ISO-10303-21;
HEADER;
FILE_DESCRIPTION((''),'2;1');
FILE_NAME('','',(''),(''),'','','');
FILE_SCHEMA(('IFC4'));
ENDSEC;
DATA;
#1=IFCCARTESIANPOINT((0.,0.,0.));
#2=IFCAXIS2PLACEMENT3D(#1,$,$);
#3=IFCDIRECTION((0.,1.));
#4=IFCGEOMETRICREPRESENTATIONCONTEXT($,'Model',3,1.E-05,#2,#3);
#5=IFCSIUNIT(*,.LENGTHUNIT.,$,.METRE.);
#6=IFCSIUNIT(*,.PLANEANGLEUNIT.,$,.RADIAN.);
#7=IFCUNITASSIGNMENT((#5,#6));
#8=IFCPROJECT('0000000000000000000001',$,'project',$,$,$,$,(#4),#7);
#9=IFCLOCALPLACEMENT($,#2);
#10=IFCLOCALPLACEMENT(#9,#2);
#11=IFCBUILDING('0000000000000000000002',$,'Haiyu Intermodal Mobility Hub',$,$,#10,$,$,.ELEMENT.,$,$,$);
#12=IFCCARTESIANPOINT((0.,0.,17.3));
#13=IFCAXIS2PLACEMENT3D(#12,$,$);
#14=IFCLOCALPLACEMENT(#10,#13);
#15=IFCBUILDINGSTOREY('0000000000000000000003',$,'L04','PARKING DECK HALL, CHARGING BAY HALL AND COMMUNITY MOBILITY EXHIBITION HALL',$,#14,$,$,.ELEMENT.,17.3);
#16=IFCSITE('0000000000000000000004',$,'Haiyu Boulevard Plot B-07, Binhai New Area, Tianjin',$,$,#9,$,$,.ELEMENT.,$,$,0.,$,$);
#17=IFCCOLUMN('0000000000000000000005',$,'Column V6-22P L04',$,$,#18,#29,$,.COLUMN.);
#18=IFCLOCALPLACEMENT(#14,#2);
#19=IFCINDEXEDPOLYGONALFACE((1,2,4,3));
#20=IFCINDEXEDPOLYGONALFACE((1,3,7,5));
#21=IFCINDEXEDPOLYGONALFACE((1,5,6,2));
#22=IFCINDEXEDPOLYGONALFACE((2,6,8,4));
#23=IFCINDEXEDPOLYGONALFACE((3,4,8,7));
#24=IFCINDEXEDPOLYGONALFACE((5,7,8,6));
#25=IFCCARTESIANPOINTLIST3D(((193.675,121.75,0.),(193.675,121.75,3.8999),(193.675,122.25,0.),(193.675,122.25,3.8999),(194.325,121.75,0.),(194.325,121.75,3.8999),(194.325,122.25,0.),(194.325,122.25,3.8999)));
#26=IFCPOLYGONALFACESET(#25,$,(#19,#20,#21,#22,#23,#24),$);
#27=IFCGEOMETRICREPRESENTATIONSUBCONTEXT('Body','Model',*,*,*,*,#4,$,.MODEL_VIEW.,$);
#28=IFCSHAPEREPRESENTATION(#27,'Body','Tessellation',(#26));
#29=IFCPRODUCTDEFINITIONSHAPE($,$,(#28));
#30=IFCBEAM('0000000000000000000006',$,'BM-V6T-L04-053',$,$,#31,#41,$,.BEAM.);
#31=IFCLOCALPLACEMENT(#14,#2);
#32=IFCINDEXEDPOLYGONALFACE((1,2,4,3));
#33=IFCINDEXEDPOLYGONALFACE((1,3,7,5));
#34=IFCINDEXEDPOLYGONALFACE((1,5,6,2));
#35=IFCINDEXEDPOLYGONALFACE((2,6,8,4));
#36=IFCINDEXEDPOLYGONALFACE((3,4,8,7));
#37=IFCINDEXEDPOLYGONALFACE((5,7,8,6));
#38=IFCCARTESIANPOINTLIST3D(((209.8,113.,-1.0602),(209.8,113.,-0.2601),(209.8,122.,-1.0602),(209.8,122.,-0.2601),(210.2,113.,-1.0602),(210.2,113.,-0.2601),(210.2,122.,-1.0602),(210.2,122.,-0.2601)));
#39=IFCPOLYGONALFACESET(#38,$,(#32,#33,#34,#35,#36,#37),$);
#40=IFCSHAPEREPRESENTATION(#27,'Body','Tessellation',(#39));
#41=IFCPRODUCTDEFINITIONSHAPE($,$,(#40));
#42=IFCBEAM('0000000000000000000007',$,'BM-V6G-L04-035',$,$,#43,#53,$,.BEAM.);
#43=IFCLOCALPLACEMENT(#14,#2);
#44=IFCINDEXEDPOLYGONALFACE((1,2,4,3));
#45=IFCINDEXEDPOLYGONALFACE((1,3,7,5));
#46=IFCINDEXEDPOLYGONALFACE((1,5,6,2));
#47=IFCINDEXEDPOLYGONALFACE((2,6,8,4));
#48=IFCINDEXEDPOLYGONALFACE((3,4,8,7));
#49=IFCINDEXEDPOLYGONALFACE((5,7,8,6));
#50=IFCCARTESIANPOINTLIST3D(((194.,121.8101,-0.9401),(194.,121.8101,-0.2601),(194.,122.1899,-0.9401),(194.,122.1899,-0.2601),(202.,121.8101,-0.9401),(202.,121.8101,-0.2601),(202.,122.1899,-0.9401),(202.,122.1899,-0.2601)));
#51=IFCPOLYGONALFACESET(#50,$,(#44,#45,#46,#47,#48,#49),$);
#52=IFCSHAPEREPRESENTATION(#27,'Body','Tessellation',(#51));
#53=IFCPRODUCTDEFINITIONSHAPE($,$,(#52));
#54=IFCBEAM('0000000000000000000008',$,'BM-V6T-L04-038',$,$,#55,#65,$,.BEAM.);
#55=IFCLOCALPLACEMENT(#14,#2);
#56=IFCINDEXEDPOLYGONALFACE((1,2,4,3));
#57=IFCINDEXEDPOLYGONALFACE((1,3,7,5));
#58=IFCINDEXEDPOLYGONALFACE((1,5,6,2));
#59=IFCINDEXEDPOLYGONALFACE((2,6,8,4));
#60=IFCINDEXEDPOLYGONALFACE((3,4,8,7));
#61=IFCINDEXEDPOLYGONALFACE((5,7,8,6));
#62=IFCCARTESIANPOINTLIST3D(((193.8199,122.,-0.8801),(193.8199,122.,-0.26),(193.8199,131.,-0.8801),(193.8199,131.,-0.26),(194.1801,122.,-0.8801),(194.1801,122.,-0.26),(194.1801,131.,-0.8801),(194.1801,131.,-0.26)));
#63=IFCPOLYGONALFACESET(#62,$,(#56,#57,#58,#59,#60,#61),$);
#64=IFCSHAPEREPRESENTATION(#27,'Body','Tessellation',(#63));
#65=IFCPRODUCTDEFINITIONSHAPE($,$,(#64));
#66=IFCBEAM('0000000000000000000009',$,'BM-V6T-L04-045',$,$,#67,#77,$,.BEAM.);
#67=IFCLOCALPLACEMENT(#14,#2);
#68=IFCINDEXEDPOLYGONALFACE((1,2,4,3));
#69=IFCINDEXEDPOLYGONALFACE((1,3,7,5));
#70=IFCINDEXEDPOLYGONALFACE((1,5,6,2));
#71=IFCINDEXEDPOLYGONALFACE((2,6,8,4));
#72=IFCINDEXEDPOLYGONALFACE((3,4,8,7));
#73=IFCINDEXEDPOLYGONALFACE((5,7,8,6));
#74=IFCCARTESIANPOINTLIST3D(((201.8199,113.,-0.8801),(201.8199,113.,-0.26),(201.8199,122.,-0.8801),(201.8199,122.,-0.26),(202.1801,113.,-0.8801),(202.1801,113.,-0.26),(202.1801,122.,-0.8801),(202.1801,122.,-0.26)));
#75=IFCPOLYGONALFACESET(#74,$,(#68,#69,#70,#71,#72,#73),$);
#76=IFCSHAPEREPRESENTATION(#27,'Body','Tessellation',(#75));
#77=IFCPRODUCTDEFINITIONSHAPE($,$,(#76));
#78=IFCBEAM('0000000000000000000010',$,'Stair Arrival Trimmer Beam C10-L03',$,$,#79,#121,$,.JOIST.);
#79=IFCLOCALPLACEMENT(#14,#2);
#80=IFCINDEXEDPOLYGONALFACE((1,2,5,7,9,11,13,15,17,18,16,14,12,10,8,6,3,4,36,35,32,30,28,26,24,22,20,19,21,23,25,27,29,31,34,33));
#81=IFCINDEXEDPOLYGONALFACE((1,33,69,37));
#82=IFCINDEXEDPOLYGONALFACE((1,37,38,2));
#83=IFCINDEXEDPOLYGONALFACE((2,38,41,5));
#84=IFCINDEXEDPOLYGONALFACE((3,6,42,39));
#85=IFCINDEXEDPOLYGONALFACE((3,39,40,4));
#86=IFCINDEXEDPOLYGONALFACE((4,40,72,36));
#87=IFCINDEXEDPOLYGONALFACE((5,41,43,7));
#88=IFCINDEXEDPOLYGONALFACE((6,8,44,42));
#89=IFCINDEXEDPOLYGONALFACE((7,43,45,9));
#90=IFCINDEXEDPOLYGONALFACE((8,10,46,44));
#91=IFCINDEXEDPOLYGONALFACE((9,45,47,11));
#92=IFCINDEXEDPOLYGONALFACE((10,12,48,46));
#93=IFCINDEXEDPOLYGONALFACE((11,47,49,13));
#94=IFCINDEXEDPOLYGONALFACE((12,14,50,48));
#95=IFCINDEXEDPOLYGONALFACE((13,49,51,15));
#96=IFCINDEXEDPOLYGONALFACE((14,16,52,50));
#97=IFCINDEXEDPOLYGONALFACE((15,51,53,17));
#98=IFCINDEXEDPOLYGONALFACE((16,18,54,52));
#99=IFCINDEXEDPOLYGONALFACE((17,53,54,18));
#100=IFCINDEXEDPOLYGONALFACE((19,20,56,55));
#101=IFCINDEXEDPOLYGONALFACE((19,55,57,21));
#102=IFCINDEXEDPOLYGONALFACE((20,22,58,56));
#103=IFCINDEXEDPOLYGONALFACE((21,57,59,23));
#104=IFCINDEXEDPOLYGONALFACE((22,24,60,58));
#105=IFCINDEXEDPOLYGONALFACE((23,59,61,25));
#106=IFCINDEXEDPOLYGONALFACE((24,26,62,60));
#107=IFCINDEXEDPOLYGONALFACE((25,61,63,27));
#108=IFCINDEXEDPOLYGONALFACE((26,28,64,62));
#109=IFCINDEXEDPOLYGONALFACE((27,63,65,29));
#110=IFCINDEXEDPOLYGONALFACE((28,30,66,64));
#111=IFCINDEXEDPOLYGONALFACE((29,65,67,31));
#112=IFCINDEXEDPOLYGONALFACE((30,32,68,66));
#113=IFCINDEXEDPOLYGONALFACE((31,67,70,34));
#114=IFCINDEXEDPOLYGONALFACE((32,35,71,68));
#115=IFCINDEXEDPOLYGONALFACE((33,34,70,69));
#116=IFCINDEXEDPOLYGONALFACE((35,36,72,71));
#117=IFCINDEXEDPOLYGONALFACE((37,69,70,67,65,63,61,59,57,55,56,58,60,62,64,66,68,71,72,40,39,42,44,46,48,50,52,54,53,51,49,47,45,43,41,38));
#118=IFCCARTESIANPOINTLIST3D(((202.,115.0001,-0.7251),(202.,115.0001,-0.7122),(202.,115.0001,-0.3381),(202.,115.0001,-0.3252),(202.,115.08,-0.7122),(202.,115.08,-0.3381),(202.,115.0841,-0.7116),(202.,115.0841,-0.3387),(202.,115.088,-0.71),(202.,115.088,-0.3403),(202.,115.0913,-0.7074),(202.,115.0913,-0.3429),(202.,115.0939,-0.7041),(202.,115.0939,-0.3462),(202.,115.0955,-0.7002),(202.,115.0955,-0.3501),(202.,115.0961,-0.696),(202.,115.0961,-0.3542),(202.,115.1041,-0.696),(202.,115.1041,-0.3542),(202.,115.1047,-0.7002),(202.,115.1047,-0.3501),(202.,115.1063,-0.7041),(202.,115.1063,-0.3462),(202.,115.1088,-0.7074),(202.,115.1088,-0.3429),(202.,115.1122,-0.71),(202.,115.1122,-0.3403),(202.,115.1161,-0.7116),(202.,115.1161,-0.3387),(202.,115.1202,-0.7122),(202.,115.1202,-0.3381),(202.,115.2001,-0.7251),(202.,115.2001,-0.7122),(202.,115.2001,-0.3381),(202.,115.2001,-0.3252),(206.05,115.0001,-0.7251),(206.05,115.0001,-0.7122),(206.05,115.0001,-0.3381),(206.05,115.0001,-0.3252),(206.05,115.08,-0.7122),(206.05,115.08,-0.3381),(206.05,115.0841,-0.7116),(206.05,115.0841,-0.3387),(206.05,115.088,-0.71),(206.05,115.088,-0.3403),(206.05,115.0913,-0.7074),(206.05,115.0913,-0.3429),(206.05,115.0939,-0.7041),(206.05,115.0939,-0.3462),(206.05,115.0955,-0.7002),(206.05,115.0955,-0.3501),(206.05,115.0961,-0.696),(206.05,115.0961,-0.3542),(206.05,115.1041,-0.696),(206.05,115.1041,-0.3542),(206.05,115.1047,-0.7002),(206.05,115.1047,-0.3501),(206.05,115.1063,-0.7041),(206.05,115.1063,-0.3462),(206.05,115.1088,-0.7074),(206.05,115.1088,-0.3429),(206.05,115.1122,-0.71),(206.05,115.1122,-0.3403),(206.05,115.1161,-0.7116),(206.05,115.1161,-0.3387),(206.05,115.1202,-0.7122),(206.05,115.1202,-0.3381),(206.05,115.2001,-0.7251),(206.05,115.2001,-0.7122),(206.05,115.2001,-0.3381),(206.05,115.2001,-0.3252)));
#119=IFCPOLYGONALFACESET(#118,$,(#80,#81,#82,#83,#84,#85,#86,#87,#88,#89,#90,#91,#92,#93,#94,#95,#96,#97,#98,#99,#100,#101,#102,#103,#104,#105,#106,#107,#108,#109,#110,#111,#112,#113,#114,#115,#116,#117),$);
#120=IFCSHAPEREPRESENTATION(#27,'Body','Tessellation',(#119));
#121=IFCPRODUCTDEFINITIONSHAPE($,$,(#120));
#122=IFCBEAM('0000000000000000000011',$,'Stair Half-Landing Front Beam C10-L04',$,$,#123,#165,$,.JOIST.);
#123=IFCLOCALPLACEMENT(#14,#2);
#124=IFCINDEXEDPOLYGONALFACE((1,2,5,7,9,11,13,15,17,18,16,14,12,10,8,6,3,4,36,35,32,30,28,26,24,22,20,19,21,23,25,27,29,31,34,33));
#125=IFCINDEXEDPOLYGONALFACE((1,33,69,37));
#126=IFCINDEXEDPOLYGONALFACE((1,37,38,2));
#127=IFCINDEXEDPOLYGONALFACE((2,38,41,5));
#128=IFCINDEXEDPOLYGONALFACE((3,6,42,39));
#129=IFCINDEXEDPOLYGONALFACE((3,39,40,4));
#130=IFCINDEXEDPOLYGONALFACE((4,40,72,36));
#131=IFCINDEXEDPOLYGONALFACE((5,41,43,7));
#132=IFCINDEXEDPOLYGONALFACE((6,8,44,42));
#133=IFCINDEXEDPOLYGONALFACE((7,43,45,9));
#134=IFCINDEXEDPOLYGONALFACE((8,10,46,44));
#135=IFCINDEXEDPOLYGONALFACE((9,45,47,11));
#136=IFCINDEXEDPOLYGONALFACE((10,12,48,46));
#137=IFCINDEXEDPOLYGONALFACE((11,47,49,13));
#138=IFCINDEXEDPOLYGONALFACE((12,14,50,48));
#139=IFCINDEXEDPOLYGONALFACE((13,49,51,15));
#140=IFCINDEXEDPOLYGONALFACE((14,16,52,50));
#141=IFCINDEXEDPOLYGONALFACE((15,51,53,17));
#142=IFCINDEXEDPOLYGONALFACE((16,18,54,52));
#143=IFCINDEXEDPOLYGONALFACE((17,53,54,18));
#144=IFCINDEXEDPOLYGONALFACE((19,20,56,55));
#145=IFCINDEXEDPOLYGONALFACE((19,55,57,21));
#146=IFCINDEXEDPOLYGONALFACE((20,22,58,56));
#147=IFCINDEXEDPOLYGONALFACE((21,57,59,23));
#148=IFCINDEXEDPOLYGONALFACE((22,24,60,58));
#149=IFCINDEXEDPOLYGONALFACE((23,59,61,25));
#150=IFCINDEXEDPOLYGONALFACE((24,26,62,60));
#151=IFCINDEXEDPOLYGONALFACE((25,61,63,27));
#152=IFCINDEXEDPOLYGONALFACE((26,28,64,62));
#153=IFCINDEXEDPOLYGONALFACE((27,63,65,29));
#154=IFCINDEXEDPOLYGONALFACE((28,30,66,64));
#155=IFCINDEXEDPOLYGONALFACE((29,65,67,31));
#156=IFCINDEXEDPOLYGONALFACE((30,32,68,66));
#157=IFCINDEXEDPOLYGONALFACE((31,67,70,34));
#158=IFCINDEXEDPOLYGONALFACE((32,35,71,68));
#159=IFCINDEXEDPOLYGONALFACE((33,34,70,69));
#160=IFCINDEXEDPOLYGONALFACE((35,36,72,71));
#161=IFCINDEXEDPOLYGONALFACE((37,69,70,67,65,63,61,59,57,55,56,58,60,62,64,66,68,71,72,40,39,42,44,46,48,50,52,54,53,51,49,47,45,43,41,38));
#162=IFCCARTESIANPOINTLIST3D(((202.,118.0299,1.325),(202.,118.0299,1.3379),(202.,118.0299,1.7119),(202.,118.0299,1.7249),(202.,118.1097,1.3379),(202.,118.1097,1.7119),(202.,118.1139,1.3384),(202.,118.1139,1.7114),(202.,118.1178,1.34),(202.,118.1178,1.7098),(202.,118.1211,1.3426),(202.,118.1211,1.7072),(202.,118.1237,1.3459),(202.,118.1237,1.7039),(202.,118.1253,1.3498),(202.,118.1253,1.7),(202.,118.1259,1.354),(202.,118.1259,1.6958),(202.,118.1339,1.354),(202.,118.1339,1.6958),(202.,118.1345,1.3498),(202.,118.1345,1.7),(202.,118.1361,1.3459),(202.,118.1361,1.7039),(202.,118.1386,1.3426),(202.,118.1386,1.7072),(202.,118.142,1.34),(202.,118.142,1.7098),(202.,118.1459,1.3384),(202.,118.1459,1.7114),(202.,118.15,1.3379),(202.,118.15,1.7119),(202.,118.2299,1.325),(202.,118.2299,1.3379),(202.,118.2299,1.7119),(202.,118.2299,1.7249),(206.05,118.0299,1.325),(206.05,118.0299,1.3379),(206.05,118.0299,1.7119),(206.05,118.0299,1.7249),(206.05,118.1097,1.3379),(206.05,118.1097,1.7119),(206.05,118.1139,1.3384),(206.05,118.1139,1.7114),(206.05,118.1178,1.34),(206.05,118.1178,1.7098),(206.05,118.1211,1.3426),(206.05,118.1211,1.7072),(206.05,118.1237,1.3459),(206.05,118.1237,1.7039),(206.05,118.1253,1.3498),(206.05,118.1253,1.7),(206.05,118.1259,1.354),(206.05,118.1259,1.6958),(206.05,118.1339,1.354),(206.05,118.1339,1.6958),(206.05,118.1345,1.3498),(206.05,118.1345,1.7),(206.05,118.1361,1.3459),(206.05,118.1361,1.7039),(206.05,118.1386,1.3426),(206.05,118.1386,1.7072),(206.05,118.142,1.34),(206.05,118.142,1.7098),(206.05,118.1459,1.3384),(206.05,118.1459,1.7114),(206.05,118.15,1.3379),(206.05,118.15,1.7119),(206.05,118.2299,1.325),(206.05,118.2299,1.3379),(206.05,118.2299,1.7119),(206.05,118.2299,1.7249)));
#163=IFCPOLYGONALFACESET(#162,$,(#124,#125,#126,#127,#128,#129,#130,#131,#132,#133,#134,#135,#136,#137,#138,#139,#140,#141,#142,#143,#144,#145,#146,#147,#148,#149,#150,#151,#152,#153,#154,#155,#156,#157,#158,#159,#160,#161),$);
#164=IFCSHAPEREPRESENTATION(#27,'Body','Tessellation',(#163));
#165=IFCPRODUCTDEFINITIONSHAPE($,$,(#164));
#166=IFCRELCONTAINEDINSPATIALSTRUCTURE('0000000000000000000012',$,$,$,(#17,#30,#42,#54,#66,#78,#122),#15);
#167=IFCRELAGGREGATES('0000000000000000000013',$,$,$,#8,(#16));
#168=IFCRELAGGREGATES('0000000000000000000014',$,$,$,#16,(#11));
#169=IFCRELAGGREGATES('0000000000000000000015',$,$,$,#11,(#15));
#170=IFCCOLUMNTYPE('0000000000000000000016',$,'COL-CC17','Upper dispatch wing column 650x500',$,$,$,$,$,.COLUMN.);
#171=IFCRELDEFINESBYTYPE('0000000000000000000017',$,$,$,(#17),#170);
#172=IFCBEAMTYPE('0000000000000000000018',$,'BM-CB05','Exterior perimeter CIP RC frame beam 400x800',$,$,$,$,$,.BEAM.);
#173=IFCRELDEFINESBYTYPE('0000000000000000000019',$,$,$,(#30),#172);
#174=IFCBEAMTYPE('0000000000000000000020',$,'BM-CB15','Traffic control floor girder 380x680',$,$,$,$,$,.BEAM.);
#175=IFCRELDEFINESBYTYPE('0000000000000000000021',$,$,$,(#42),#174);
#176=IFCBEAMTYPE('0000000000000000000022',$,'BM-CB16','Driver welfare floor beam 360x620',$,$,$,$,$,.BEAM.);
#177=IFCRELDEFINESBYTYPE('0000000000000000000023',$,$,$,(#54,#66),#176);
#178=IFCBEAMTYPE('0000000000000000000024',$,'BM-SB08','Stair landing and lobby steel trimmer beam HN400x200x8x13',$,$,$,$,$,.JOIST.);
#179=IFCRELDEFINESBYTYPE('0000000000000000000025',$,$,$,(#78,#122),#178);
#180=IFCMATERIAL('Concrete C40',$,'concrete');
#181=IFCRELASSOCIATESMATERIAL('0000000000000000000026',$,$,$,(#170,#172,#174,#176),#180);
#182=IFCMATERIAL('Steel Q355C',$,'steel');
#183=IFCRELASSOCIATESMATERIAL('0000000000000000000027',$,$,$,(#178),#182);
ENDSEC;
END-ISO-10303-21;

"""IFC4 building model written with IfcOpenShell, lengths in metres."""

from ifc_helpers import new_model, si_unit, direction, frame, origin, origin_2d, place, context, subcontext, project, spatial, rectangle, i_section, extrude, material, material_profile, profile_set, type_object, element, save


model = new_model("IFC4")

# Units and contexts
model_context = context("Model", 3, precision=1e-05, world=origin(), true_north=direction((0.0, 1.0)))
body_context = subcontext(model_context, "Body", "Model", "MODEL_VIEW")
ifc_project = project(units=[si_unit("LENGTHUNIT", "METRE"), si_unit("PLANEANGLEUNIT", "RADIAN")], contexts=[model_context])

# Site, building, storey
site_placement = place(None, origin())
site = spatial("IfcSite", under=ifc_project, at=site_placement, Name="Haiyu Boulevard Plot B-07, Binhai New Area, Tianjin", CompositionType="ELEMENT", RefElevation=0.0)
building_placement = place(site_placement, origin())
building = spatial("IfcBuilding", under=site, at=building_placement, Name="Haiyu Intermodal Mobility Hub", CompositionType="ELEMENT")
storey_placement = place(building_placement, frame((0.0, 0.0, 17.3)))
storey = spatial("IfcBuildingStorey", under=building, at=storey_placement, Name="L04", Description="PARKING DECK HALL, CHARGING BAY HALL AND COMMUNITY MOBILITY EXHIBITION HALL", CompositionType="ELEMENT", Elevation=17.3)

# Column
ifc_material_1 = material(Name="Concrete C40", Category="concrete")
ifc_material_profile_1 = material_profile(ifc_material_1, rectangle(XDim=0.6499, YDim=0.5, at=origin_2d()), Name="C650x500")
ifc_profile_set_1 = profile_set([ifc_material_profile_1], Name="Concrete C40")
column_type = type_object("IfcColumnType", Name="COL-CC17", Description="Upper dispatch wing column 650x500", PredefinedType="COLUMN", material=ifc_profile_set_1)
column_placement = place(storey_placement, frame((194.0, 122.0, 0.0), z_axis=(0.0, 0.0, 1.0), x_axis=(1.0, 0.0, 0.0)))
element("IfcColumn", 1, at=column_placement, inside=storey, type_object=column_type, Name="Column V6-22P L04", PredefinedType="COLUMN", context=body_context, shape_type="SweptSolid", body=[
    extrude(rectangle(XDim=0.6499, YDim=0.5, at=origin_2d()), origin(), (0.0, 0.0, 1.0), 3.8999),
])

# Beams
ifc_material_profile_2 = material_profile(ifc_material_1, rectangle(XDim=0.3999, YDim=0.8, at=origin_2d()), Name="RCB400x800")
ifc_profile_set_2 = profile_set([ifc_material_profile_2], Name="Concrete C40")
beam_type_1 = type_object("IfcBeamType", Name="BM-CB05", Description="Exterior perimeter CIP RC frame beam 400x800", PredefinedType="BEAM", material=ifc_profile_set_2)
beam_1_placement = place(storey_placement, frame((210.0, 113.0, -0.6602), z_axis=(0.0, 1.0, 0.0), x_axis=(-1.0, 0.0, 0.0)))
element("IfcBeam", 2, at=beam_1_placement, inside=storey, type_object=beam_type_1, Name="BM-V6T-L04-053", PredefinedType="BEAM", context=body_context, shape_type="SweptSolid", body=[
    extrude(rectangle(XDim=0.3999, YDim=0.8, at=origin_2d()), origin(), (0.0, 0.0, 1.0), 9.0),
])
ifc_material_profile_3 = material_profile(ifc_material_1, rectangle(XDim=0.3799, YDim=0.6799, at=origin_2d()), Name="B380x680")
ifc_profile_set_3 = profile_set([ifc_material_profile_3], Name="Concrete C40")
beam_type_2 = type_object("IfcBeamType", Name="BM-CB15", Description="Traffic control floor girder 380x680", PredefinedType="BEAM", material=ifc_profile_set_3)
beam_2_placement = place(storey_placement, frame((194.0, 122.0, -0.6001), z_axis=(1.0, 0.0, 0.0), x_axis=(0.0, 1.0, 0.0)))
element("IfcBeam", 3, at=beam_2_placement, inside=storey, type_object=beam_type_2, Name="BM-V6G-L04-035", PredefinedType="BEAM", context=body_context, shape_type="SweptSolid", body=[
    extrude(rectangle(XDim=0.3799, YDim=0.6799, at=origin_2d()), origin(), (0.0, 0.0, 1.0), 8.0),
])
ifc_material_profile_4 = material_profile(ifc_material_1, rectangle(XDim=0.3601, YDim=0.6201, at=origin_2d()), Name="B360x620")
ifc_profile_set_4 = profile_set([ifc_material_profile_4], Name="Concrete C40")
beam_type_3 = type_object("IfcBeamType", Name="BM-CB16", Description="Driver welfare floor beam 360x620", PredefinedType="BEAM", material=ifc_profile_set_4)
for number, where, z_axis, x_axis, name in (
    (4, (194.0, 122.0, -0.5701), (0.0, 1.0, 0.0), (-1.0, 0.0, 0.0), "BM-V6T-L04-038"),
    (5, (202.0, 113.0, -0.5701), (0.0, 1.0, 0.0), (-1.0, 0.0, 0.0), "BM-V6T-L04-045"),
):
    element("IfcBeam", number, at=place(storey_placement, frame(where, z_axis=z_axis, x_axis=x_axis)), inside=storey, type_object=beam_type_3, Name=name, PredefinedType="BEAM", context=body_context, shape_type="SweptSolid", body=[
        extrude(rectangle(XDim=0.3601, YDim=0.6201, at=origin_2d()), origin(), (0.0, 0.0, 1.0), 9.0),
    ])
ifc_material_2 = material(Name="Steel Q355C", Category="steel")
ifc_material_profile_5 = material_profile(ifc_material_2, i_section(OverallWidth=0.2, OverallDepth=0.3999, WebThickness=0.0081, FlangeThickness=0.0129, FilletRadius=0.0161, at=origin_2d()), Name="HN400x200x8x13")
ifc_profile_set_5 = profile_set([ifc_material_profile_5], Name="Steel Q355C")
beam_type_4 = type_object("IfcBeamType", Name="BM-SB08", Description="Stair landing and lobby steel trimmer beam HN400x200x8x13", PredefinedType="JOIST", material=ifc_profile_set_5)
for number, where, z_axis, x_axis, name in (
    (6, (202.0, 115.1001, -0.5251), (1.0, 0.0, 0.0), (0.0, 1.0, 0.0), "Stair Arrival Trimmer Beam C10-L03"),
    (7, (202.0, 118.1299, 1.5249), (1.0, 0.0, 0.0), (0.0, 1.0, 0.0), "Stair Half-Landing Front Beam C10-L04"),
):
    element("IfcBeam", number, at=place(storey_placement, frame(where, z_axis=z_axis, x_axis=x_axis)), inside=storey, type_object=beam_type_4, Name=name, PredefinedType="JOIST", context=body_context, shape_type="SweptSolid", body=[
        extrude(i_section(OverallWidth=0.2, OverallDepth=0.3999, WebThickness=0.0081, FlangeThickness=0.0129, FilletRadius=0.0161, at=origin_2d()), origin(), (0.0, 0.0, 1.0), 4.05),
    ])

save(model, "model.ifc")
